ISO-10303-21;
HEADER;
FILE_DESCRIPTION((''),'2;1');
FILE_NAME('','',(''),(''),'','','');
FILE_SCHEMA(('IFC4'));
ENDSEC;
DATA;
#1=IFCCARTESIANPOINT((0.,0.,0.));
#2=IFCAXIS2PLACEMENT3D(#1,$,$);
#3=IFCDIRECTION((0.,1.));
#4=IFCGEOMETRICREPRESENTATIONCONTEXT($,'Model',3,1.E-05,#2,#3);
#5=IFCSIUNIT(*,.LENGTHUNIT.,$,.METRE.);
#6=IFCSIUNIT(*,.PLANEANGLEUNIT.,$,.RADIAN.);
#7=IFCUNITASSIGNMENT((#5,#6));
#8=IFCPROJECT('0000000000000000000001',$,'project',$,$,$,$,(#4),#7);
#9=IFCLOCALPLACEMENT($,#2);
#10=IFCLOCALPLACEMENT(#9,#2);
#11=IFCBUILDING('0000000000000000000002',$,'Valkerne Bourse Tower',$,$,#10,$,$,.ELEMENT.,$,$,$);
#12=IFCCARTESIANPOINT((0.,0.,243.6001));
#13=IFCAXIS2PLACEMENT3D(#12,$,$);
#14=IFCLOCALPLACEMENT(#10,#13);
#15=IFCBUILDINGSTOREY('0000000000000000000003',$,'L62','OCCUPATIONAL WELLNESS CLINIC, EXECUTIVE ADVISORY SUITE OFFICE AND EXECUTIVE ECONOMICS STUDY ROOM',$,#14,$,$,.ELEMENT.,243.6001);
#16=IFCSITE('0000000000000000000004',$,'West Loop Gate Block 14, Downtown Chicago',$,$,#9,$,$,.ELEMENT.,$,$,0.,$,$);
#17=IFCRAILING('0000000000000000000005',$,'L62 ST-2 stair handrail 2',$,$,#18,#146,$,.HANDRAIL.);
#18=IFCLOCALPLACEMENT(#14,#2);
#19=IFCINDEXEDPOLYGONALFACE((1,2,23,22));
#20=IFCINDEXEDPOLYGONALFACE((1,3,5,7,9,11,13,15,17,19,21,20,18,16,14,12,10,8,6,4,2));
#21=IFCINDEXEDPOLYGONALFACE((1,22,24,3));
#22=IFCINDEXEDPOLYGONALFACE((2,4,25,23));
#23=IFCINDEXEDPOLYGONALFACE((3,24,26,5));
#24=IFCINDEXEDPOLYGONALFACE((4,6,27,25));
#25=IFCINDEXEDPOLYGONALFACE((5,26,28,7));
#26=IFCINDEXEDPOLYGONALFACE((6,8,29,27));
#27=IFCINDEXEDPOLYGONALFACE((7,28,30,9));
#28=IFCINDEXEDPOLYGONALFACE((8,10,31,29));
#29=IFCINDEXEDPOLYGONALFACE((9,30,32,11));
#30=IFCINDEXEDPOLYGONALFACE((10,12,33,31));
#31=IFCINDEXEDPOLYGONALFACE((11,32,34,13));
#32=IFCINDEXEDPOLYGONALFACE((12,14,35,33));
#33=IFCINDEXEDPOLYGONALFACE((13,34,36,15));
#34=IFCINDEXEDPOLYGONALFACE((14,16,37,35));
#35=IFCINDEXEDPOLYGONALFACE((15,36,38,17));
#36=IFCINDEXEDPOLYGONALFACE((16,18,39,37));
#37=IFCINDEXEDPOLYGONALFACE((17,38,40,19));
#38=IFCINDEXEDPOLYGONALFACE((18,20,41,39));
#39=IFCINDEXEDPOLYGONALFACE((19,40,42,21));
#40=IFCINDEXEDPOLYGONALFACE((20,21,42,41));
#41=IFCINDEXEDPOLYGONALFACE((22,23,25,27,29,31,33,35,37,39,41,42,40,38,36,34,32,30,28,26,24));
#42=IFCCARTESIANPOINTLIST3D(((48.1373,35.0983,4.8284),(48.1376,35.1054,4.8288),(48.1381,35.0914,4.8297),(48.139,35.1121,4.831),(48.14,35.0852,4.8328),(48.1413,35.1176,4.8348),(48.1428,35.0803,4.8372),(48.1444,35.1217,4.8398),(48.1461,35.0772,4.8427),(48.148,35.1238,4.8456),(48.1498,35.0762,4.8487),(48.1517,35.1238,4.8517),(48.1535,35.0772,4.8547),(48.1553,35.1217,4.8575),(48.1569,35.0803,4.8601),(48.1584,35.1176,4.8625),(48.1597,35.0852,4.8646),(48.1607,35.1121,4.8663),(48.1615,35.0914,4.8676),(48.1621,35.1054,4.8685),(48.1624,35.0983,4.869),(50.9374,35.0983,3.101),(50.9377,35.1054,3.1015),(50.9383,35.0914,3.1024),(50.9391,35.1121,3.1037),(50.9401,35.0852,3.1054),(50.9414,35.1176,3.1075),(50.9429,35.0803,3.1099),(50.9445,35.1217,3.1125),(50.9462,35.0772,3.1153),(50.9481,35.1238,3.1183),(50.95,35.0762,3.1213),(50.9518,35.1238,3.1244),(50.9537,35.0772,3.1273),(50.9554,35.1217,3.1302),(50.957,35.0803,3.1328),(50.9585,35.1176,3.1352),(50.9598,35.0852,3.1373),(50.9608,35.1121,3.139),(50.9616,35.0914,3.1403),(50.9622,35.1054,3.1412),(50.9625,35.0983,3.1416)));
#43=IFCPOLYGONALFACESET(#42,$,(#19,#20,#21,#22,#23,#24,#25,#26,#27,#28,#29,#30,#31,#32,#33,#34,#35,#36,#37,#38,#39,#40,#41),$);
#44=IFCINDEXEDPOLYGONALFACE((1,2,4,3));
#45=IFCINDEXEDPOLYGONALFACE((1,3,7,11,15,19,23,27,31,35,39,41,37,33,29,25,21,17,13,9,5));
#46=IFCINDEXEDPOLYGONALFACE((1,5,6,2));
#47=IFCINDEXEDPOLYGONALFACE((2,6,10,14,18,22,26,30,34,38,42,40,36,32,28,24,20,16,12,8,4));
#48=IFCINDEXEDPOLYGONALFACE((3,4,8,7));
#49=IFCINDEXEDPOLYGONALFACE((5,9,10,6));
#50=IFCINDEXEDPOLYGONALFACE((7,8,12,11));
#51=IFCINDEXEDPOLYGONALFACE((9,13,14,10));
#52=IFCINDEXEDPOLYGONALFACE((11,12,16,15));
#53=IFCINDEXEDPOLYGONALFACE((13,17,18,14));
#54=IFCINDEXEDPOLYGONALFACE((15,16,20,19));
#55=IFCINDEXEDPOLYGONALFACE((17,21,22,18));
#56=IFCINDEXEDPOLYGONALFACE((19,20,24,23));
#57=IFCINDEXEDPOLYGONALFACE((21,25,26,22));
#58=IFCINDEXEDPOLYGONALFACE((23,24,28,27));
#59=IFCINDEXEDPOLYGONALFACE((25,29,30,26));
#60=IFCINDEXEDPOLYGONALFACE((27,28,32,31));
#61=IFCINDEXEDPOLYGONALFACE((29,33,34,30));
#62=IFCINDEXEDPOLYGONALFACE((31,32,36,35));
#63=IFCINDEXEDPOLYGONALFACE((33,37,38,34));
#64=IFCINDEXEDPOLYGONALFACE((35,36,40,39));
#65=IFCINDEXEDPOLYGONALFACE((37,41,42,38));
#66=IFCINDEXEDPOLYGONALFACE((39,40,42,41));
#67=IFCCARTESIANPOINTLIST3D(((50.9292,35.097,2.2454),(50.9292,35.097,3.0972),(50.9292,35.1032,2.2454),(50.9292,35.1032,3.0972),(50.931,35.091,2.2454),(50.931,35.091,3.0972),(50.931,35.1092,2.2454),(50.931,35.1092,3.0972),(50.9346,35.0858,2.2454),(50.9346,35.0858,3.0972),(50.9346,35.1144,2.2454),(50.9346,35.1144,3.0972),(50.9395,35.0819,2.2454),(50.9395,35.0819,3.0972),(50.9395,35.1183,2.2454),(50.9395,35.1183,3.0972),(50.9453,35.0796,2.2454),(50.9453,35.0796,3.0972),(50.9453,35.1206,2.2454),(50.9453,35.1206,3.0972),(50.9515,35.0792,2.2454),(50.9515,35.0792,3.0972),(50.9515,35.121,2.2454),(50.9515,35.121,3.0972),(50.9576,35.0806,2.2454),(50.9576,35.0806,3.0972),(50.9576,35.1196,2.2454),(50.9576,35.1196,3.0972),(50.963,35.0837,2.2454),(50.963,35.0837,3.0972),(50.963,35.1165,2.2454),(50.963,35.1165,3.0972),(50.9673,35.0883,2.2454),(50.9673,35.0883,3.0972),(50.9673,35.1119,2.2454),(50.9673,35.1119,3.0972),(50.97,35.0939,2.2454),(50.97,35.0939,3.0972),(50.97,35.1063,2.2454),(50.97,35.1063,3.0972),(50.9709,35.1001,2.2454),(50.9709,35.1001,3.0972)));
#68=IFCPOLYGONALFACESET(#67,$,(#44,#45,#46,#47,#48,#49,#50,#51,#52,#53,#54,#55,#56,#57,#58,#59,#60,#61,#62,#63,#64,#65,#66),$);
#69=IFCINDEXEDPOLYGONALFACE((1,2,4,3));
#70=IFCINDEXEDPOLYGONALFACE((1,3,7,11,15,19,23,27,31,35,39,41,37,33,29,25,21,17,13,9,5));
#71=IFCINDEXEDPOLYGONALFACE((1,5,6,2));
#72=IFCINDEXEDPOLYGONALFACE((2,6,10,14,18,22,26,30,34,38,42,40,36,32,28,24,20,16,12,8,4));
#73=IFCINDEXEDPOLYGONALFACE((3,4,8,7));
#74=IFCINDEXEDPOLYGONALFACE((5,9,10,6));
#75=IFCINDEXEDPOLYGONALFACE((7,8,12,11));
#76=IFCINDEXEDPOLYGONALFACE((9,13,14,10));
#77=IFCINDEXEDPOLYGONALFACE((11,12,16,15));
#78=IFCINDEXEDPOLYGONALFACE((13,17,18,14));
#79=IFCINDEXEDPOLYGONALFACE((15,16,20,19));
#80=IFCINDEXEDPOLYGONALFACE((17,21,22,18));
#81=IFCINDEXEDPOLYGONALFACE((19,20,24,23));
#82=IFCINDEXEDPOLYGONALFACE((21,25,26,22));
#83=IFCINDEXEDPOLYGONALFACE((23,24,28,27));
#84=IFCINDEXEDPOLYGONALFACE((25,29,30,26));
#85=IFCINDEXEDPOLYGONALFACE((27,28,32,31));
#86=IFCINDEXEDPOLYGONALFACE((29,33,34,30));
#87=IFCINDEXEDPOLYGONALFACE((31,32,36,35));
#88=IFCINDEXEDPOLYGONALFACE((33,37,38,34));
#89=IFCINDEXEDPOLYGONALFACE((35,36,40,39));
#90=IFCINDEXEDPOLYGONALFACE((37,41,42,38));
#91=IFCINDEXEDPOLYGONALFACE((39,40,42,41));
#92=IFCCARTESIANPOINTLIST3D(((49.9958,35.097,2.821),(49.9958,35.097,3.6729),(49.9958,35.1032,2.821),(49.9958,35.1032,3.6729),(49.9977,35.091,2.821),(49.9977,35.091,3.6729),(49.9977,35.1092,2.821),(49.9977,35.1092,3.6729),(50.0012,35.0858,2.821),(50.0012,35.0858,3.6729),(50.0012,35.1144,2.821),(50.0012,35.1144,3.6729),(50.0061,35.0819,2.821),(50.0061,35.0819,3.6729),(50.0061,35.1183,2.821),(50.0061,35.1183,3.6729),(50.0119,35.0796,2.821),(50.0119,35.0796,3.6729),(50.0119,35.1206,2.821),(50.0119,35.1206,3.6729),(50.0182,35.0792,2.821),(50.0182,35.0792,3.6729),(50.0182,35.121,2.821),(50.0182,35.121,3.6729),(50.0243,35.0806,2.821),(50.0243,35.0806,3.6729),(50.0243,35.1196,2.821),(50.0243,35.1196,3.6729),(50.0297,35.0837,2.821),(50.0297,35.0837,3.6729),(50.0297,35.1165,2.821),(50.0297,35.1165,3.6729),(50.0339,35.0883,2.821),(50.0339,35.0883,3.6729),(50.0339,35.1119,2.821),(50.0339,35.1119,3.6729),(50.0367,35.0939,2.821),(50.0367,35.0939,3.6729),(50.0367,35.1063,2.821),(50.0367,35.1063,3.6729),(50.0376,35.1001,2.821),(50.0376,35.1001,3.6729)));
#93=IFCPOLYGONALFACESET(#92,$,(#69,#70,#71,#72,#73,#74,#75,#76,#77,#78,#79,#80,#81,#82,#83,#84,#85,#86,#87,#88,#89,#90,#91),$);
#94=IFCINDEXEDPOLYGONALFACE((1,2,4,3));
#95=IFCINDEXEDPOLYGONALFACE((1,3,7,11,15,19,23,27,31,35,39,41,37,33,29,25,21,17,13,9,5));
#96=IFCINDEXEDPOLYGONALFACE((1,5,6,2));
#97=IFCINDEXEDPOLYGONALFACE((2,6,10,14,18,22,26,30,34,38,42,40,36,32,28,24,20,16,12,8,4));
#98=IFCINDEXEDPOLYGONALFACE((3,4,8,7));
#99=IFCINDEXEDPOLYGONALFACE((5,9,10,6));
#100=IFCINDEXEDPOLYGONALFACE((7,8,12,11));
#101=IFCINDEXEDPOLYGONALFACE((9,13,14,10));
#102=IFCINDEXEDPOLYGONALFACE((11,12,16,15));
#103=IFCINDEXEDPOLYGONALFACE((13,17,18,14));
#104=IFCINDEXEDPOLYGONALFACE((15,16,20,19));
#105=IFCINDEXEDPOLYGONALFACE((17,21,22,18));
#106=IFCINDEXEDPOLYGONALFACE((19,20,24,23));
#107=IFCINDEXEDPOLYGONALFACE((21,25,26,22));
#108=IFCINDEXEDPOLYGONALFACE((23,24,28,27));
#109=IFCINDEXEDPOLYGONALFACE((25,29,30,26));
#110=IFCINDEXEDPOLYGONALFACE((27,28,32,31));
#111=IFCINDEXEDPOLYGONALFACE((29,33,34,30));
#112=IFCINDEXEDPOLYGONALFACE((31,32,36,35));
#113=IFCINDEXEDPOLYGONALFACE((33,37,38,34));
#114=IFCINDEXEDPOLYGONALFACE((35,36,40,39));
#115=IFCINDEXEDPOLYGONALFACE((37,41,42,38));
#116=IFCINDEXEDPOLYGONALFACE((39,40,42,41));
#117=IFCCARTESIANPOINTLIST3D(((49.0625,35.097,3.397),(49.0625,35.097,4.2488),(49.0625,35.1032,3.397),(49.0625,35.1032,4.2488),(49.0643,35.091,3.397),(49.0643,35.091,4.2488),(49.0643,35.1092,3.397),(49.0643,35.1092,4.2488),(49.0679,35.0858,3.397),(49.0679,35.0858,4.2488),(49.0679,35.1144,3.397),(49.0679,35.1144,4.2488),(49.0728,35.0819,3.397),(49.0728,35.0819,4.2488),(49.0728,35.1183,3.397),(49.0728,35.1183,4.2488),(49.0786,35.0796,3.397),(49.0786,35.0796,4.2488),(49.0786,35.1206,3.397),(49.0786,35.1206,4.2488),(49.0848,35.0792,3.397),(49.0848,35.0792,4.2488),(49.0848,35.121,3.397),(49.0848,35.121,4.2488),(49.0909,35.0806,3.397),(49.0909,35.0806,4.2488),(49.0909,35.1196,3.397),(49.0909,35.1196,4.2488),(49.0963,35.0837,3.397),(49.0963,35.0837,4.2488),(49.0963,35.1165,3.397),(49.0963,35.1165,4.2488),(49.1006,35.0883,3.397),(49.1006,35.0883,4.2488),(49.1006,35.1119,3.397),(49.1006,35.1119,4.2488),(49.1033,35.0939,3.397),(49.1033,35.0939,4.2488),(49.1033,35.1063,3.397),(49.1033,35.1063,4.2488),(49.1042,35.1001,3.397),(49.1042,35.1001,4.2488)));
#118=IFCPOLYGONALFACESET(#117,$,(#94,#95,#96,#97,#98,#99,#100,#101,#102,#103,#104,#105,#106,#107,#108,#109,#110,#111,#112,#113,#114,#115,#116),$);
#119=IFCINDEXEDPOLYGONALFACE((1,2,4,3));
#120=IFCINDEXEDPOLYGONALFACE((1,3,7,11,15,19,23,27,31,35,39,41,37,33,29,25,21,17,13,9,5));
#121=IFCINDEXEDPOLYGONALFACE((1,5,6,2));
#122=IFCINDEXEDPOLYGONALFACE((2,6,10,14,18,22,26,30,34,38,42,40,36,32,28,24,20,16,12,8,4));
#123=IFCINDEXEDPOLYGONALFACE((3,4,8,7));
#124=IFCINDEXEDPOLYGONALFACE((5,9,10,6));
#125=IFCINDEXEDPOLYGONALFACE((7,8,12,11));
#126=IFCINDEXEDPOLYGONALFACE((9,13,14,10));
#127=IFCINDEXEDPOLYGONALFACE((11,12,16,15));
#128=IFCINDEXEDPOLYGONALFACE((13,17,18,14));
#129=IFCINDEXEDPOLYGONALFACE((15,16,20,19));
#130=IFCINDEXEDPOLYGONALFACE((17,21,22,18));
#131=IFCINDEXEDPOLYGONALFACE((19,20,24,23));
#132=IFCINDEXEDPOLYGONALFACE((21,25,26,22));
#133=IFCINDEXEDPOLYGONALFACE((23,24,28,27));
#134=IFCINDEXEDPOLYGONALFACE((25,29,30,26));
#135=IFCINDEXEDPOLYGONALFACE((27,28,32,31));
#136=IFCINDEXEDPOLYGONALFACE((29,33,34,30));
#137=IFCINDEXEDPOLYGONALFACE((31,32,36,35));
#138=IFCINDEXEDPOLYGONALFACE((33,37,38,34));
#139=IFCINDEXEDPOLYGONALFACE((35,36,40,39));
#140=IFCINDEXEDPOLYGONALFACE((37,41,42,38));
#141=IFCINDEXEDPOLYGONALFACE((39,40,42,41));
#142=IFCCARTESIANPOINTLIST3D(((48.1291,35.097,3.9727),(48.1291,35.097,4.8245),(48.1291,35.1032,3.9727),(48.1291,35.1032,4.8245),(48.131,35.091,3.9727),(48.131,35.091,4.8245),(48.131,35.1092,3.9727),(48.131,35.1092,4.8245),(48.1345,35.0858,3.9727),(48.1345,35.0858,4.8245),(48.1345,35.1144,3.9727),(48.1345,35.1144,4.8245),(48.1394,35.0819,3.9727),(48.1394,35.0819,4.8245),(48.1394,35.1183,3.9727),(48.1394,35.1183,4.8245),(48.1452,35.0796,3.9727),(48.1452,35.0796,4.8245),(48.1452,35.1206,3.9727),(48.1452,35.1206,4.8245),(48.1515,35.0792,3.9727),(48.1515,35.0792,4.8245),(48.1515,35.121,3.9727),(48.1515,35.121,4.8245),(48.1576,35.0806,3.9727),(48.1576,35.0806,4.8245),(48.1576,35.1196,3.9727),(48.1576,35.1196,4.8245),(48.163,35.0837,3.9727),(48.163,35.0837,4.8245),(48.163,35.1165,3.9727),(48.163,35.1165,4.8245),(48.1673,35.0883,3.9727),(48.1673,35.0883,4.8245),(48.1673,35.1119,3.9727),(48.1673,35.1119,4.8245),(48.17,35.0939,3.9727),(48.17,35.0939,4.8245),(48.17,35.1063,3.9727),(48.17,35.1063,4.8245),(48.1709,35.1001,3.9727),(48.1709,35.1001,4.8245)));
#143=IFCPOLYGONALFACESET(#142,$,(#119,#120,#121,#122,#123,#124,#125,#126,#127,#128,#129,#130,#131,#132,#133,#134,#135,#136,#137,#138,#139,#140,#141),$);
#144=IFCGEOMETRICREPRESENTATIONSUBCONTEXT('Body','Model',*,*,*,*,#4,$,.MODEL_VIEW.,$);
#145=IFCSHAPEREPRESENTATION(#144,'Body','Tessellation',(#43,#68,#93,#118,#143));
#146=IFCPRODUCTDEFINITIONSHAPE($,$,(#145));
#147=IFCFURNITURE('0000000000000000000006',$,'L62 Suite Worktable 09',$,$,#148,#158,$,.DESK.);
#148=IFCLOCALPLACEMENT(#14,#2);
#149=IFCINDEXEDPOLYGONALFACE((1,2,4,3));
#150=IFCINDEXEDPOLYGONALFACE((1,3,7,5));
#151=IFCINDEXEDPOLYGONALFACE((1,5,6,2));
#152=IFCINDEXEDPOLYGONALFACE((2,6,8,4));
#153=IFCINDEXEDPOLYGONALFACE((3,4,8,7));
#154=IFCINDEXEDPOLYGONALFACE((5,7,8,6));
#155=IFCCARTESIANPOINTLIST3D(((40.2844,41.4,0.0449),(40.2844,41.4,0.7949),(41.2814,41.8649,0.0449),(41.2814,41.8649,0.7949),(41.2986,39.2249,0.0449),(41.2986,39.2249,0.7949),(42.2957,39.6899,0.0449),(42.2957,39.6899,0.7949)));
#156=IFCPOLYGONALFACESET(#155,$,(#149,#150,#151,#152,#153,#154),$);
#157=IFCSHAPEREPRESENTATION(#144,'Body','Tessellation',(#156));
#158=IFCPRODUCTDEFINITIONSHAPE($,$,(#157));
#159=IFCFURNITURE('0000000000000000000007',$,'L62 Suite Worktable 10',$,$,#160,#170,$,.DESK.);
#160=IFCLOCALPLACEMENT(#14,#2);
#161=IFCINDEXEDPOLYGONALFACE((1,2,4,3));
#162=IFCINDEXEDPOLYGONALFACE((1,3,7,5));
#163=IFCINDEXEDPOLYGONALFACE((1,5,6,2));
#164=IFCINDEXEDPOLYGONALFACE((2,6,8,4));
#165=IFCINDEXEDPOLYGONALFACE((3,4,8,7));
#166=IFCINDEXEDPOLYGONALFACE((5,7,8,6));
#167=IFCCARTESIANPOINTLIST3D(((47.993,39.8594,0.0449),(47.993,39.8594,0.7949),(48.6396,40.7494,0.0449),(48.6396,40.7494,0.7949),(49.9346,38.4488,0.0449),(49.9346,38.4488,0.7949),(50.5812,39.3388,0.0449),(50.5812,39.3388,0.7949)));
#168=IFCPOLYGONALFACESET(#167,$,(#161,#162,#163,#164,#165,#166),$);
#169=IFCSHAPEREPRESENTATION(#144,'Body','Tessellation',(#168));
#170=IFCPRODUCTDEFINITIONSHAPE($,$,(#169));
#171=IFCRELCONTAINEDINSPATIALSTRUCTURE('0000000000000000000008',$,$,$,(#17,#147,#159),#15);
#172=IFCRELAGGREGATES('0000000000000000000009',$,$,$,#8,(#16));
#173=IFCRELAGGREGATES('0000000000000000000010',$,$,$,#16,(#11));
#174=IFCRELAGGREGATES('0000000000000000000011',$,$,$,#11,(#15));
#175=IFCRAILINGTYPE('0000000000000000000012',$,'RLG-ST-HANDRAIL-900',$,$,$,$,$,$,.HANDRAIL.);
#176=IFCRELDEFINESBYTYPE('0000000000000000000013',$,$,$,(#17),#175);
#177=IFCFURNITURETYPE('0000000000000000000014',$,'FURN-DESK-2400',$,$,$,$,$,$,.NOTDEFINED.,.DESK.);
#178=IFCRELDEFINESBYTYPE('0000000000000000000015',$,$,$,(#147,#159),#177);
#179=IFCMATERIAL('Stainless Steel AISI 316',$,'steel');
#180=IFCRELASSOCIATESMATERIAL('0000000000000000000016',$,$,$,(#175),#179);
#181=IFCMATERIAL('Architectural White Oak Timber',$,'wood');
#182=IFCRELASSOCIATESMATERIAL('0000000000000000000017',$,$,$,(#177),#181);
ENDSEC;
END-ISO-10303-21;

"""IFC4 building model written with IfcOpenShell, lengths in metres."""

from ifc_helpers import new_model, si_unit, direction, frame, origin, origin_2d, place, context, subcontext, project, spatial, rectangle, circle, extrude, material, type_object, element, save


model = new_model("IFC4")

# Units and contexts
model_context = context("Model", 3, precision=1e-05, world=origin(), true_north=direction((0.0, 1.0)))
body_context = subcontext(model_context, "Body", "Model", "MODEL_VIEW")
ifc_project = project(units=[si_unit("LENGTHUNIT", "METRE"), si_unit("PLANEANGLEUNIT", "RADIAN")], contexts=[model_context])

# Site, building, storey
site_placement = place(None, origin())
site = spatial("IfcSite", under=ifc_project, at=site_placement, Name="West Loop Gate Block 14, Downtown Chicago", CompositionType="ELEMENT", RefElevation=0.0)
building_placement = place(site_placement, origin())
building = spatial("IfcBuilding", under=site, at=building_placement, Name="Valkerne Bourse Tower", CompositionType="ELEMENT")
storey_placement = place(building_placement, frame((0.0, 0.0, 243.6001)))
storey = spatial("IfcBuildingStorey", under=building, at=storey_placement, Name="L62", Description="OCCUPATIONAL WELLNESS CLINIC, EXECUTIVE ADVISORY SUITE OFFICE AND EXECUTIVE ECONOMICS STUDY ROOM", CompositionType="ELEMENT", Elevation=243.6001)

# Railing
ifc_material_1 = material(Name="Stainless Steel AISI 316", Category="steel")
railing_type_1 = type_object("IfcRailingType", Name="RLG-ST-HANDRAIL-900", PredefinedType="HANDRAIL", material=ifc_material_1)
railing_1_placement = place(storey_placement, frame((50.95, 35.1001, 2.2454)))
element("IfcRailing", 1, at=railing_1_placement, inside=storey, type_object=railing_type_1, Name="L62 ST-2 stair handrail 2", PredefinedType="HANDRAIL", context=body_context, shape_type="SweptSolid", body=[
    extrude(circle(Radius=0.0239, at=origin_2d()), frame((0.0, 0.0, 0.876), z_axis=(-0.85109, 0.0, 0.52502), x_axis=(0.0, -1.0, 0.0)), (0.0, 0.0, 1.0), 3.29),
    extrude(circle(Radius=0.021, at=origin_2d()), origin(), (0.0, 0.0, 1.0), 0.8518),
    extrude(circle(Radius=0.021, at=origin_2d()), frame((-0.9333, 0.0, 0.5757)), (0.0, 0.0, 1.0), 0.8518),
    extrude(circle(Radius=0.021, at=origin_2d()), frame((-1.8667, 0.0, 1.1516)), (0.0, 0.0, 1.0), 0.8518),
    extrude(circle(Radius=0.021, at=origin_2d()), frame((-2.8, 0.0, 1.7273)), (0.0, 0.0, 1.0), 0.8518),
])

# Furniture
ifc_material_2 = material(Name="Architectural White Oak Timber", Category="wood")
furniture_type = type_object("IfcFurnitureType", Name="FURN-DESK-2400", AssemblyPlace="NOTDEFINED", PredefinedType="DESK", material=ifc_material_2)
for number, where, z_axis, x_axis, name in (
    (2, (41.29, 40.5449, 0.0449), (0.0, 0.0, 1.0), (-0.422618, 0.906308, 0.0), "L62 Suite Worktable 09"),
    (3, (49.2871, 39.5991, 0.0449), (0.0, 0.0, 1.0), (-0.809017, 0.587785, 0.0), "L62 Suite Worktable 10"),
):
    element("IfcFurniture", number, at=place(storey_placement, frame(where, z_axis=z_axis, x_axis=x_axis)), inside=storey, type_object=furniture_type, Name=name, PredefinedType="DESK", context=body_context, shape_type="SweptSolid", body=[
        extrude(rectangle(XDim=2.3999, YDim=1.1001, at=origin_2d()), origin(), (0.0, 0.0, 1.0), 0.75),
    ])

save(model, "model.ifc")
